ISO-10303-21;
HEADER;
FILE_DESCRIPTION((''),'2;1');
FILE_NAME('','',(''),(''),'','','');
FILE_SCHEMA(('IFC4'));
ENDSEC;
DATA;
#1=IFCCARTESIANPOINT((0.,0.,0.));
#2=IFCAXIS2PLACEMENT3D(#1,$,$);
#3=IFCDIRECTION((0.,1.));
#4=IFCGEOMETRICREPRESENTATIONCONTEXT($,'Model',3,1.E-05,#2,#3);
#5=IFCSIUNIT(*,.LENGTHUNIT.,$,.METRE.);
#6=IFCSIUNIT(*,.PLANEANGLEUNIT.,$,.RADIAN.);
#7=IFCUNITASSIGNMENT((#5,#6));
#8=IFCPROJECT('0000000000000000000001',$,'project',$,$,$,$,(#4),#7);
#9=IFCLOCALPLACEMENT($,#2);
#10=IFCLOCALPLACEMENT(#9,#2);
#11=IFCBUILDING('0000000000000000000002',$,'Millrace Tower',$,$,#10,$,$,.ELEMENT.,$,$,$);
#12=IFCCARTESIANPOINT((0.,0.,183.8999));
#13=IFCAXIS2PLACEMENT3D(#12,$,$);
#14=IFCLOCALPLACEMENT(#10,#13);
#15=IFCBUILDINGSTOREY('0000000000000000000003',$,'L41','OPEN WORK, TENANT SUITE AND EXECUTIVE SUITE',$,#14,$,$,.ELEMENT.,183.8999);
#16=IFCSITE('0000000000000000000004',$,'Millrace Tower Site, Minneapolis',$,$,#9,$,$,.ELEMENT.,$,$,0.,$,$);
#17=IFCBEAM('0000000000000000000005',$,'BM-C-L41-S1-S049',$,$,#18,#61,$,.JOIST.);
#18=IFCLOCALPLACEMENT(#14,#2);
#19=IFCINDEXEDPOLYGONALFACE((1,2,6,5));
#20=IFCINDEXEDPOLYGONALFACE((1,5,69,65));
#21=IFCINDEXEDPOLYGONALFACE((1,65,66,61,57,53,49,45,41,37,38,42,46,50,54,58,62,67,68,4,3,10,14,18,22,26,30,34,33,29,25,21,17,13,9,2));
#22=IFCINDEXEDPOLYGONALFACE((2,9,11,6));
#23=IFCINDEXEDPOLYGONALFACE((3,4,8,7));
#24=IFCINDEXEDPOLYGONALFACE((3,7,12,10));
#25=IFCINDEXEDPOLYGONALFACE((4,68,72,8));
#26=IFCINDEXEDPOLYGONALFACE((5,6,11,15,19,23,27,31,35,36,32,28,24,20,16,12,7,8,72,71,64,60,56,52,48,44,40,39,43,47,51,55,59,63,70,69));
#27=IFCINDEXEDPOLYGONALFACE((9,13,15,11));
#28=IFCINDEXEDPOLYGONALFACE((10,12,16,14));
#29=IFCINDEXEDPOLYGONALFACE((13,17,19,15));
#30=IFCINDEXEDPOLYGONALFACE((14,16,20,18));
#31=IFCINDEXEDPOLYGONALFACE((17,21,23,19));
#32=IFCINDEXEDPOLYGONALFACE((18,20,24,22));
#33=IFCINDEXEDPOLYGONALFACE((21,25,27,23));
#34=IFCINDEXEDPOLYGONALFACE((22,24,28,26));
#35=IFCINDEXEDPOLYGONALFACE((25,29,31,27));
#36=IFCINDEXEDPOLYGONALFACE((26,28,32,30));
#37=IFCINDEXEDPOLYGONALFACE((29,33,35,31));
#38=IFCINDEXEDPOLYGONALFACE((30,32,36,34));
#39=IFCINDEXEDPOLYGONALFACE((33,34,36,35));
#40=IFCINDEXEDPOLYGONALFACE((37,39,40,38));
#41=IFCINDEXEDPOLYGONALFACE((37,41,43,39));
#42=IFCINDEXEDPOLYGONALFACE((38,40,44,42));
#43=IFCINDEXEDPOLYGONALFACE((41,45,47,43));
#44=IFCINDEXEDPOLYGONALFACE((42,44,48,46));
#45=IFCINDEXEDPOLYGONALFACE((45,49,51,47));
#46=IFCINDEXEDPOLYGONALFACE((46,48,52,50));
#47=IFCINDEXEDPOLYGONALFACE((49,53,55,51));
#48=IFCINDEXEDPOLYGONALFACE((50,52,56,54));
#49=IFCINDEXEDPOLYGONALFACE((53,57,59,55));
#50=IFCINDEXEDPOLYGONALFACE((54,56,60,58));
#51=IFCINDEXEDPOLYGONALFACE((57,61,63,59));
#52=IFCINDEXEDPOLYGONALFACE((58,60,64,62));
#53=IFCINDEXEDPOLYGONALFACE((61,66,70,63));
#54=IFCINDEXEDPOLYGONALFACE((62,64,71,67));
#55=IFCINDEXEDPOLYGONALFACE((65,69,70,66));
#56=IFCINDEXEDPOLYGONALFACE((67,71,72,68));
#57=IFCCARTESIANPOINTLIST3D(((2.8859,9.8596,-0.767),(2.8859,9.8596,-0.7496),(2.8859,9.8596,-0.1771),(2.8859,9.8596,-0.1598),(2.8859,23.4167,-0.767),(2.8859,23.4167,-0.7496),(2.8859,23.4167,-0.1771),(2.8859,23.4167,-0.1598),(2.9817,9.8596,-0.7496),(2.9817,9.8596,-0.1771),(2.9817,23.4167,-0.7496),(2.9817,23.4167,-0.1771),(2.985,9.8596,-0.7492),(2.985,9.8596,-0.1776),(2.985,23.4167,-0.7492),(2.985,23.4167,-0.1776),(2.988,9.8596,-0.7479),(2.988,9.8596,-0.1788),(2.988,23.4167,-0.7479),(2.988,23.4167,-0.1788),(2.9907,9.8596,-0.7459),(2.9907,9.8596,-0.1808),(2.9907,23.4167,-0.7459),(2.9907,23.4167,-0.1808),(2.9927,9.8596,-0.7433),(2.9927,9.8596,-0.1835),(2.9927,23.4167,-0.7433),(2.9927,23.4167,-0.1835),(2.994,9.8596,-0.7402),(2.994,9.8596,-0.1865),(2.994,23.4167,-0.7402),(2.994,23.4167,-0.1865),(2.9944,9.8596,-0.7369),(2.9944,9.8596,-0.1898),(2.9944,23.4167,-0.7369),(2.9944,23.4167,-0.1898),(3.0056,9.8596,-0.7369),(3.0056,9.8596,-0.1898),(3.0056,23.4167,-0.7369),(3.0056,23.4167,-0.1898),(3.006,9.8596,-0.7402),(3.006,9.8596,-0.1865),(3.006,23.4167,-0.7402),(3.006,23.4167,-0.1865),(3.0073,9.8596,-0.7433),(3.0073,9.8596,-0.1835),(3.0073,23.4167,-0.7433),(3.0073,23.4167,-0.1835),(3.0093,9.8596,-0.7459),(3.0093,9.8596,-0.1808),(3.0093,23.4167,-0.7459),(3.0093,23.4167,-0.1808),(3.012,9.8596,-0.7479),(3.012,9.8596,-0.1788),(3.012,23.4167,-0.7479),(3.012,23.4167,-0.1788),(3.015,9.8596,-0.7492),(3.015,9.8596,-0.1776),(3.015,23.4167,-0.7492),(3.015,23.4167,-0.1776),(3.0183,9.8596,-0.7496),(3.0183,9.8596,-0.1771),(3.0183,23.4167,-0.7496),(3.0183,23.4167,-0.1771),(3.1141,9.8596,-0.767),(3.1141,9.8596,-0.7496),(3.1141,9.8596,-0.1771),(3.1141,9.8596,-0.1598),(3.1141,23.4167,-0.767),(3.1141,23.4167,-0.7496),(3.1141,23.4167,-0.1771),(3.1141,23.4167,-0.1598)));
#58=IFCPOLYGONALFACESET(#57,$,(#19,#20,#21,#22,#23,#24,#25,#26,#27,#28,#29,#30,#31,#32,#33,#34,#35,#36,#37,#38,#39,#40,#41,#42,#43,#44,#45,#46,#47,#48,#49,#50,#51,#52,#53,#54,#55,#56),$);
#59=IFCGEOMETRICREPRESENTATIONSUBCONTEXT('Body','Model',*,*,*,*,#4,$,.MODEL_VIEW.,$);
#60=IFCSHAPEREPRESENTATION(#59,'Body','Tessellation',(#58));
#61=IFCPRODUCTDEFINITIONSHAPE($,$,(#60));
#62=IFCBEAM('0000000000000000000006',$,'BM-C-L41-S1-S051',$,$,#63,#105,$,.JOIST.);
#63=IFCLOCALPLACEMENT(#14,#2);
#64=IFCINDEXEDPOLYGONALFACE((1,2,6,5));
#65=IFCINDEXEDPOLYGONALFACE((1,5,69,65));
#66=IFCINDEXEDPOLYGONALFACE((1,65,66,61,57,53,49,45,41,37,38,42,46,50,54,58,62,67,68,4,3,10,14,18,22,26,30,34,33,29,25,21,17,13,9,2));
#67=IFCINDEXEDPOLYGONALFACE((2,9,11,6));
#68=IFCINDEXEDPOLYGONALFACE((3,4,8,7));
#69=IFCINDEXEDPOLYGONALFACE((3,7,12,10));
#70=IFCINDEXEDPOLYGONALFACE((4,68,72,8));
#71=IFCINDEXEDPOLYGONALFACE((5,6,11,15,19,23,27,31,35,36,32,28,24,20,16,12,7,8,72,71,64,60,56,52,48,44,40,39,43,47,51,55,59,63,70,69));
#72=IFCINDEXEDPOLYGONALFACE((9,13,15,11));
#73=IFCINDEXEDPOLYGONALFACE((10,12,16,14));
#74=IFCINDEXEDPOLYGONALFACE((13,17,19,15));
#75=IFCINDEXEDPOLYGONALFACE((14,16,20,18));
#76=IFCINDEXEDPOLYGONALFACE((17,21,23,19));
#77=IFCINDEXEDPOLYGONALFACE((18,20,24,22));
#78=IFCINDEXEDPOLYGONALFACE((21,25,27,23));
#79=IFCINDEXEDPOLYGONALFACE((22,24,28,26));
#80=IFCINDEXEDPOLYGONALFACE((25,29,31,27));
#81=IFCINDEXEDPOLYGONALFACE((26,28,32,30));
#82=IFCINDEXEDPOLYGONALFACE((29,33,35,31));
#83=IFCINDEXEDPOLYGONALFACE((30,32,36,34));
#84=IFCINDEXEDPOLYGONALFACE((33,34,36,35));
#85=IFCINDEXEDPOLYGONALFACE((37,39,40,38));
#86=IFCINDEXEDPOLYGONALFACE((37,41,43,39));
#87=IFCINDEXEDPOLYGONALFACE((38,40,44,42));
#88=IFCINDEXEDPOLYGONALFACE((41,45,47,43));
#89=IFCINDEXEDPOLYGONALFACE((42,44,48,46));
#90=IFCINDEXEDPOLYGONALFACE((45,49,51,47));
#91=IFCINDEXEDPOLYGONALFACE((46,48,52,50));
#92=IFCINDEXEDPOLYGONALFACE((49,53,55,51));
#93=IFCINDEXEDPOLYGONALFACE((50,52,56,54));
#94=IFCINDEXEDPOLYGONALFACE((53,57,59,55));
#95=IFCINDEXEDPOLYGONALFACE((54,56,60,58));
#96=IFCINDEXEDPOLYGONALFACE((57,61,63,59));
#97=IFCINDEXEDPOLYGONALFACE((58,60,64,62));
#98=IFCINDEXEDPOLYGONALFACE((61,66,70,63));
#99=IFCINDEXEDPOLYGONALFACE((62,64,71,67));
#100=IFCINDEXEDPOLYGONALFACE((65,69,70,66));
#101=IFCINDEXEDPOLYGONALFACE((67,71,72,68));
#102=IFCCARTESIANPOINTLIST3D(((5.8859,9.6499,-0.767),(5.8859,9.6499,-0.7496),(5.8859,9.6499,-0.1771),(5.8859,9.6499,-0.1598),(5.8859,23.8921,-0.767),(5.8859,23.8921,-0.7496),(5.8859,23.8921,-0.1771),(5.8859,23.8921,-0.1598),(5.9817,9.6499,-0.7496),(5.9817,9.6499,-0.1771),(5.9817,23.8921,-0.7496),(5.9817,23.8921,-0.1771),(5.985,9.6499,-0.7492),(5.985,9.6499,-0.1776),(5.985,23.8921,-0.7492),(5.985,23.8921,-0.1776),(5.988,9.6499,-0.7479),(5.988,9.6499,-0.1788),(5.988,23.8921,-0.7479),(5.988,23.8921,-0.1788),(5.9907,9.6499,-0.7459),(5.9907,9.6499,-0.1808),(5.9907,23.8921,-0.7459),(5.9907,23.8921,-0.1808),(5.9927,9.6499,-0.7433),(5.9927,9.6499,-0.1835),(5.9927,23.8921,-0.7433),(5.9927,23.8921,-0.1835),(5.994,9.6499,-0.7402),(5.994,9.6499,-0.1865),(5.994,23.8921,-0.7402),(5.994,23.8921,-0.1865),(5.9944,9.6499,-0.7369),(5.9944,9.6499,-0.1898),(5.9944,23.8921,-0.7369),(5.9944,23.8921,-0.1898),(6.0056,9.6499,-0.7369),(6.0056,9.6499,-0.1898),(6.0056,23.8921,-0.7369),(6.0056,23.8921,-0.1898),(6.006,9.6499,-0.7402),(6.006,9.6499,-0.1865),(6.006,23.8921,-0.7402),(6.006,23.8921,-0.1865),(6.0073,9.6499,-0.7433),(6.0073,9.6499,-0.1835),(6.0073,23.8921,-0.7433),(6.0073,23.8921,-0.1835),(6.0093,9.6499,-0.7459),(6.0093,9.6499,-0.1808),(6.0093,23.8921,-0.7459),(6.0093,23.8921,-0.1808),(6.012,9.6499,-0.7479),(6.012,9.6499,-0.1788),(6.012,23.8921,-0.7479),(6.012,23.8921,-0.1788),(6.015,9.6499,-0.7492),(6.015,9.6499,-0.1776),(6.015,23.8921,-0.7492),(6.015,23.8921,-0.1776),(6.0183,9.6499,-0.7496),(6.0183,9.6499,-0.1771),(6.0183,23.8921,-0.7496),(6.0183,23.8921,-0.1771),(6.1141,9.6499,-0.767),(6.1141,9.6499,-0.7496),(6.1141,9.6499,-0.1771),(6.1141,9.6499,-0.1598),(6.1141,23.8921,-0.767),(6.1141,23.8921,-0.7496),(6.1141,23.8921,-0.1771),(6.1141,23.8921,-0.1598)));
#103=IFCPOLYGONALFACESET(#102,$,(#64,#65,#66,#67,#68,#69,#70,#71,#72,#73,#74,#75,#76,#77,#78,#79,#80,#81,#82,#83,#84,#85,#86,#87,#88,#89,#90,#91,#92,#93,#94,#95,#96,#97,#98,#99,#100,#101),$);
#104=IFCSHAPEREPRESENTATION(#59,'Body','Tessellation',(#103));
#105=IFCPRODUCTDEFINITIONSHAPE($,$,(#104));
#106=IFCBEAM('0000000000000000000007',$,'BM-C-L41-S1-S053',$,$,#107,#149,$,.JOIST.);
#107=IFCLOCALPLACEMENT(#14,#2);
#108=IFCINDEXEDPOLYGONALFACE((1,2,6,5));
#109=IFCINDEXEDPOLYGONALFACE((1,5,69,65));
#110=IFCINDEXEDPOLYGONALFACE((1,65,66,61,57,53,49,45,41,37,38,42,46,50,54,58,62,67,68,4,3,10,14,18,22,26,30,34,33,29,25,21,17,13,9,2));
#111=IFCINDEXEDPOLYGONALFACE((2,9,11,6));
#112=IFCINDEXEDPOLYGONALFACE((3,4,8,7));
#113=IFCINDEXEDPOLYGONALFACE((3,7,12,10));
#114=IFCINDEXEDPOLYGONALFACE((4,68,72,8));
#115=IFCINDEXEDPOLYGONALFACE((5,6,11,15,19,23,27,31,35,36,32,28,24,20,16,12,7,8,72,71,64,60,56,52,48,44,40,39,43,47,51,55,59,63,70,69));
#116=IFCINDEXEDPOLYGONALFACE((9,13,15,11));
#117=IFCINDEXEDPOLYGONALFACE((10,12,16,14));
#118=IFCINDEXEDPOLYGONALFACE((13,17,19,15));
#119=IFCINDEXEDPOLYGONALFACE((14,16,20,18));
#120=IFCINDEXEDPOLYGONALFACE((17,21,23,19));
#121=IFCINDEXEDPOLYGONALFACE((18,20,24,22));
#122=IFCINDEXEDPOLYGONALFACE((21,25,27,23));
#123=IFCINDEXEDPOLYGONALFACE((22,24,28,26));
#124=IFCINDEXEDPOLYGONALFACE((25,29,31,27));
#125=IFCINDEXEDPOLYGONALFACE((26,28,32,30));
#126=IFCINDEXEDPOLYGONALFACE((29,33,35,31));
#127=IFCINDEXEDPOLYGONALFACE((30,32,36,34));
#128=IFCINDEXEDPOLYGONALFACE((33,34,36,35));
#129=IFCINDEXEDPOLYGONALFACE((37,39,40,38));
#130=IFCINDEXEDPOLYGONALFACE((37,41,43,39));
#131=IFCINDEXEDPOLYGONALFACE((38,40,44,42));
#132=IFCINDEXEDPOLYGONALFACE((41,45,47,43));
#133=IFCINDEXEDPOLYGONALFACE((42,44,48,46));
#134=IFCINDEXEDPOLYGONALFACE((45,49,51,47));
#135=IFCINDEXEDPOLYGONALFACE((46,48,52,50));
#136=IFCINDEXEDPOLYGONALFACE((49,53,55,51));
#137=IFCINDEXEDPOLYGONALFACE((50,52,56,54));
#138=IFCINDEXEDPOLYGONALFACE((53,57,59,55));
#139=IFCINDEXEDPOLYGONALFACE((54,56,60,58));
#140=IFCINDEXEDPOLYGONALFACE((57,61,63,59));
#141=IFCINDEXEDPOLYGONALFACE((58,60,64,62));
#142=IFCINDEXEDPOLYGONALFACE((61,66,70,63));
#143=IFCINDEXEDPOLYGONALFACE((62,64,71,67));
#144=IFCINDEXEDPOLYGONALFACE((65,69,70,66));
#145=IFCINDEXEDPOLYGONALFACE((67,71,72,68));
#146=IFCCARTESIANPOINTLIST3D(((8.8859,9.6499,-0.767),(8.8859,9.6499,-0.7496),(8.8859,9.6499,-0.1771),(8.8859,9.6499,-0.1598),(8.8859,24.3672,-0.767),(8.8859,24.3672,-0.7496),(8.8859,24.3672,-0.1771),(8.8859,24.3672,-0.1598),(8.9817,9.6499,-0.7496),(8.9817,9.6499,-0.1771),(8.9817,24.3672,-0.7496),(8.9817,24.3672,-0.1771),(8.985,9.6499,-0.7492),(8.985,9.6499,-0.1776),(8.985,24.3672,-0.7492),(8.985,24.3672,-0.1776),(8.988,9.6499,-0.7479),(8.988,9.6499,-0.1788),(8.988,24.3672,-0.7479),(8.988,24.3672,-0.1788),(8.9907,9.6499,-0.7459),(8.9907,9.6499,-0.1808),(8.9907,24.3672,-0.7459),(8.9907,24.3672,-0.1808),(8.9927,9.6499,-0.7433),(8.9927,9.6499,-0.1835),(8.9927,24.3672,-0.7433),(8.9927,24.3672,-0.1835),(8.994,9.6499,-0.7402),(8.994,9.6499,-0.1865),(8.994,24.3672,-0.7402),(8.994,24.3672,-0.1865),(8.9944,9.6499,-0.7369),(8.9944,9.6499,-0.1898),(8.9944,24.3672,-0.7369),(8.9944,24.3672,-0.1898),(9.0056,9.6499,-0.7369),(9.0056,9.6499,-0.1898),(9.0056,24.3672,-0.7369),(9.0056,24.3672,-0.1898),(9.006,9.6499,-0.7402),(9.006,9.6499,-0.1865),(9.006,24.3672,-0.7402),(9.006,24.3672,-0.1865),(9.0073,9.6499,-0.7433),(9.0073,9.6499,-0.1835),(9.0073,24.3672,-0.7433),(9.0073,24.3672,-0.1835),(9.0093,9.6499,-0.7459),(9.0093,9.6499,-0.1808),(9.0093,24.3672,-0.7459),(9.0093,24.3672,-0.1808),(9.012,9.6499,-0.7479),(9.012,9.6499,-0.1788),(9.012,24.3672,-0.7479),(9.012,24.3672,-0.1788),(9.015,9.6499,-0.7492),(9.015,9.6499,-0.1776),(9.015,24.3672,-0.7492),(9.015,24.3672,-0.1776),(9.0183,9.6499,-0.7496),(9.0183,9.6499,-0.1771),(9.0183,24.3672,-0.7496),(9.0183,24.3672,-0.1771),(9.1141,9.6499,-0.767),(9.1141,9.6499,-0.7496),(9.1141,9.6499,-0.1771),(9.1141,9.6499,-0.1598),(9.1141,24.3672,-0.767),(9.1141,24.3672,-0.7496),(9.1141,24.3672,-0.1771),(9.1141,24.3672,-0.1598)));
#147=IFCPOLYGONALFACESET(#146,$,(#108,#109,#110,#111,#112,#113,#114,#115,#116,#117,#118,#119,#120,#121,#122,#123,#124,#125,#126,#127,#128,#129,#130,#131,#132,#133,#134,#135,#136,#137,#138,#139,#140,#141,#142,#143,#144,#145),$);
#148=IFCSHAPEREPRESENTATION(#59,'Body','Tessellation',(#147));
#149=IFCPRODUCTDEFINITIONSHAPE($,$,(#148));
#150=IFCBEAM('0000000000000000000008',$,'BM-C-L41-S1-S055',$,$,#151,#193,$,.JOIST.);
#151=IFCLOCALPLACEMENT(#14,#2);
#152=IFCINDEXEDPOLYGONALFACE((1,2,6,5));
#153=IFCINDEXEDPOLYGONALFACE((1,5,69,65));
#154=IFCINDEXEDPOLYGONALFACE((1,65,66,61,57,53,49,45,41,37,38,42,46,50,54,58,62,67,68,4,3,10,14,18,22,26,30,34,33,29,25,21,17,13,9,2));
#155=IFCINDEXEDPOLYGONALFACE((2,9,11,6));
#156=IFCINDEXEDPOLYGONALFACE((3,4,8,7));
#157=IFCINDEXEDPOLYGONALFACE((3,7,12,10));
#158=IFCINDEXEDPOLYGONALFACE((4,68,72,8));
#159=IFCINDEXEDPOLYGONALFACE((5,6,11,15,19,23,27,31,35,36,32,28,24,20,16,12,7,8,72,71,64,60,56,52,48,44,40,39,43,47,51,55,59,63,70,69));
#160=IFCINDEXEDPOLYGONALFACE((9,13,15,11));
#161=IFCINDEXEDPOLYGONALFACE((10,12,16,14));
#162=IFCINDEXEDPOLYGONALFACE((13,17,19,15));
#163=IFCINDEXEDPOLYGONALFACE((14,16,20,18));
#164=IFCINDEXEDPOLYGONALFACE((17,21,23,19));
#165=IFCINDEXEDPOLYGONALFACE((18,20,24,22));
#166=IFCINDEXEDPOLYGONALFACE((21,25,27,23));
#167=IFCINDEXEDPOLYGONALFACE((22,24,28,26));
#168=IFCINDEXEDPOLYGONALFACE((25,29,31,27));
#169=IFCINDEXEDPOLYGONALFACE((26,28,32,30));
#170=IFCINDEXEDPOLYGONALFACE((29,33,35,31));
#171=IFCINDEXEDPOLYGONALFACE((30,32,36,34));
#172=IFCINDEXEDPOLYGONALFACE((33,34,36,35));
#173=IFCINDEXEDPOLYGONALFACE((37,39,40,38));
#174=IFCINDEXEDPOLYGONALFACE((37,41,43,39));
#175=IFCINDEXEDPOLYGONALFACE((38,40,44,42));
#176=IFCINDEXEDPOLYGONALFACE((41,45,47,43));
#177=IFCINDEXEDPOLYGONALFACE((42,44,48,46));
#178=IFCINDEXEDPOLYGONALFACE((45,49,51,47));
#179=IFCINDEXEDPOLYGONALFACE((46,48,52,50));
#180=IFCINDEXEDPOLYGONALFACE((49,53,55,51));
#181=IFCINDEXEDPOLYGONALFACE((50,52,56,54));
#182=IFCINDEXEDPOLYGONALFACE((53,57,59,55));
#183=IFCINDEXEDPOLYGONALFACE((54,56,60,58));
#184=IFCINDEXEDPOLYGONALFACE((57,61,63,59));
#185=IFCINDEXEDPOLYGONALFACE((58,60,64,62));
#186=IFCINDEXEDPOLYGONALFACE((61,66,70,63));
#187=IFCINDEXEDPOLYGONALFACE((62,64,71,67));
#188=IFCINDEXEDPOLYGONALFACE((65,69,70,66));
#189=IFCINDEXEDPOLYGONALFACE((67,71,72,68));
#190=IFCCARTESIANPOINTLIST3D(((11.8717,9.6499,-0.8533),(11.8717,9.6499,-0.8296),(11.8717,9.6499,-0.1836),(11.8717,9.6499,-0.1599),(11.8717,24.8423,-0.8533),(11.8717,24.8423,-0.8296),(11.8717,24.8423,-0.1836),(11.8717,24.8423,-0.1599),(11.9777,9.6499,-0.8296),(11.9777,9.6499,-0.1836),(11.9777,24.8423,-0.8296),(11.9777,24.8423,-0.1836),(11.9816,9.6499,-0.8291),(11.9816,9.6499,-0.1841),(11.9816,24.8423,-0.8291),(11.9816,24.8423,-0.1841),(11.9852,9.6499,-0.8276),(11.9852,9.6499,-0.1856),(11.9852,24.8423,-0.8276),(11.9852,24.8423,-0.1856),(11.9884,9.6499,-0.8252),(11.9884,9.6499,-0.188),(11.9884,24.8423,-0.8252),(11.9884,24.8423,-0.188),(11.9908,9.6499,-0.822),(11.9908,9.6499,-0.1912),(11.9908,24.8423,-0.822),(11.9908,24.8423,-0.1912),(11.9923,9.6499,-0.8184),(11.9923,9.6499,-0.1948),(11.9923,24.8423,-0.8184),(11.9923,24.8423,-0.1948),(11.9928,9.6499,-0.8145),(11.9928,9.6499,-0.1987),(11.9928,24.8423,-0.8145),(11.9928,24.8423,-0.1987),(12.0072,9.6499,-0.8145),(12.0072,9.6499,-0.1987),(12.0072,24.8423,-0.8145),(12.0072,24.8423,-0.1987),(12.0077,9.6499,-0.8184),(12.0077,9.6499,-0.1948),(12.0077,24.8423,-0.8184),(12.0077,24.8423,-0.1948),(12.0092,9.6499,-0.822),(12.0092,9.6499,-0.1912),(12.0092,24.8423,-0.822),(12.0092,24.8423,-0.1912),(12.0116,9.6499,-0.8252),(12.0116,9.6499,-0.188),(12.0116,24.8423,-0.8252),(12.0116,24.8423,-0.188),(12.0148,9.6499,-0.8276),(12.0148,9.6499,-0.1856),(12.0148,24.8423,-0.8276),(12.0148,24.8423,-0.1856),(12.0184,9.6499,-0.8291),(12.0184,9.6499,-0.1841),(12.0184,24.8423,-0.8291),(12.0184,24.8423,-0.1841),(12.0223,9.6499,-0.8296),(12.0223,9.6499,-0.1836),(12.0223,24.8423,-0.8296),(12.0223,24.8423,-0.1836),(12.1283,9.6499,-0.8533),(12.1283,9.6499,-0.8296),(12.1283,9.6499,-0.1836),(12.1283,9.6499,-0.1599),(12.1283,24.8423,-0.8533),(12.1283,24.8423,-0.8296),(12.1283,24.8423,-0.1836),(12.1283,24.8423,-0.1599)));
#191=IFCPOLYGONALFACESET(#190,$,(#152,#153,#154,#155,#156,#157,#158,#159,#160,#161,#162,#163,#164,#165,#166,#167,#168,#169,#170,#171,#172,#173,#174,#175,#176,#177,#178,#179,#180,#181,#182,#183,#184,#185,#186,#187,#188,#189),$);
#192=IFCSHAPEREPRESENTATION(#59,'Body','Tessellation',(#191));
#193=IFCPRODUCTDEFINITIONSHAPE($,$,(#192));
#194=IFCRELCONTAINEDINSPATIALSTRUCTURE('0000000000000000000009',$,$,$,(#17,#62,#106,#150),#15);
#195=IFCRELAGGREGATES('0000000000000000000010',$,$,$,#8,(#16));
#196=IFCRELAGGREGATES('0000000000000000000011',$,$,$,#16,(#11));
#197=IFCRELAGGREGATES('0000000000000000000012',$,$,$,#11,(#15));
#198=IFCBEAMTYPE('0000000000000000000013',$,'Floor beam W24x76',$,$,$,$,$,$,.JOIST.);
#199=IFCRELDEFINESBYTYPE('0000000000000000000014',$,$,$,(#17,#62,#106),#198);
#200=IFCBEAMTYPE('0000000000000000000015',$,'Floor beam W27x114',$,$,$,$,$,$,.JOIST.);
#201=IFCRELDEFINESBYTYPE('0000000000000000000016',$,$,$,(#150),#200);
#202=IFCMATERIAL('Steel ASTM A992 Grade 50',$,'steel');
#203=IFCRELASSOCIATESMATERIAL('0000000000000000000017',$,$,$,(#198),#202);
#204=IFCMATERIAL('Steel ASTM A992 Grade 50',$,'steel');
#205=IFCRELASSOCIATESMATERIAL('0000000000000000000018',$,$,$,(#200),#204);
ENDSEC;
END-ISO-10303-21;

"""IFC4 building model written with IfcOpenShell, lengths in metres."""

from ifc_helpers import new_model, si_unit, direction, frame, origin, origin_2d, place, context, subcontext, project, spatial, i_section, extrude, material, material_profile, profile_set, type_object, element, save


model = new_model("IFC4")

# Units and contexts
model_context = context("Model", 3, precision=1e-05, world=origin(), true_north=direction((0.0, 1.0)))
body_context = subcontext(model_context, "Body", "Model", "MODEL_VIEW")
ifc_project = project(units=[si_unit("LENGTHUNIT", "METRE"), si_unit("PLANEANGLEUNIT", "RADIAN")], contexts=[model_context])

# Site, building, storey
site_placement = place(None, origin())
site = spatial("IfcSite", under=ifc_project, at=site_placement, Name="Millrace Tower Site, Minneapolis", CompositionType="ELEMENT", RefElevation=0.0)
building_placement = place(site_placement, origin())
building = spatial("IfcBuilding", under=site, at=building_placement, Name="Millrace Tower", CompositionType="ELEMENT")
storey_placement = place(building_placement, frame((0.0, 0.0, 183.8999)))
storey = spatial("IfcBuildingStorey", under=building, at=storey_placement, Name="L41", Description="OPEN WORK, TENANT SUITE AND EXECUTIVE SUITE", CompositionType="ELEMENT", Elevation=183.8999)

# Beams
ifc_material_1 = material(Name="Steel ASTM A992 Grade 50", Category="steel")
ifc_material_profile_1 = material_profile(ifc_material_1, i_section(OverallWidth=0.2283, OverallDepth=0.6072, WebThickness=0.0112, FlangeThickness=0.0173, FilletRadius=0.0127, at=origin_2d()))
ifc_profile_set_1 = profile_set([ifc_material_profile_1], Name="Steel ASTM A992 Grade 50")
beam_type_1 = type_object("IfcBeamType", Name="Floor beam W24x76", PredefinedType="JOIST", material=ifc_profile_set_1)
beam_1_placement = place(storey_placement, frame((3.0, 9.8596, -0.4634), z_axis=(0.0, 1.0, 0.0), x_axis=(-1.0, 0.0, 0.0)))
element("IfcBeam", 1, at=beam_1_placement, inside=storey, type_object=beam_type_1, Name="BM-C-L41-S1-S049", PredefinedType="JOIST", context=body_context, shape_type="SweptSolid", body=[
    extrude(i_section(OverallWidth=0.2283, OverallDepth=0.6072, WebThickness=0.0112, FlangeThickness=0.0173, FilletRadius=0.0127, at=origin_2d()), origin(), (0.0, 0.0, 1.0), 13.5571),
])
beam_2_placement = place(storey_placement, frame((6.0, 9.6499, -0.4634), z_axis=(0.0, 1.0, 0.0), x_axis=(-1.0, 0.0, 0.0)))
element("IfcBeam", 2, at=beam_2_placement, inside=storey, type_object=beam_type_1, Name="BM-C-L41-S1-S051", PredefinedType="JOIST", context=body_context, shape_type="SweptSolid", body=[
    extrude(i_section(OverallWidth=0.2283, OverallDepth=0.6072, WebThickness=0.0112, FlangeThickness=0.0173, FilletRadius=0.0127, at=origin_2d()), origin(), (0.0, 0.0, 1.0), 14.2422),
])
beam_3_placement = place(storey_placement, frame((9.0, 9.6499, -0.4634), z_axis=(0.0, 1.0, 0.0), x_axis=(-1.0, 0.0, 0.0)))
element("IfcBeam", 3, at=beam_3_placement, inside=storey, type_object=beam_type_1, Name="BM-C-L41-S1-S053", PredefinedType="JOIST", context=body_context, shape_type="SweptSolid", body=[
    extrude(i_section(OverallWidth=0.2283, OverallDepth=0.6072, WebThickness=0.0112, FlangeThickness=0.0173, FilletRadius=0.0127, at=origin_2d()), origin(), (0.0, 0.0, 1.0), 14.7173),
])
ifc_material_2 = material(Name="Steel ASTM A992 Grade 50", Category="steel")
ifc_material_profile_2 = material_profile(ifc_material_2, i_section(OverallWidth=0.2566, OverallDepth=0.6934, WebThickness=0.0144, FlangeThickness=0.0237, FilletRadius=0.0151, at=origin_2d()))
ifc_profile_set_2 = profile_set([ifc_material_profile_2], Name="Steel ASTM A992 Grade 50")
beam_type_2 = type_object("IfcBeamType", Name="Floor beam W27x114", PredefinedType="JOIST", material=ifc_profile_set_2)
beam_4_placement = place(storey_placement, frame((12.0, 9.6499, -0.5066), z_axis=(0.0, 1.0, 0.0), x_axis=(-1.0, 0.0, 0.0)))
element("IfcBeam", 4, at=beam_4_placement, inside=storey, type_object=beam_type_2, Name="BM-C-L41-S1-S055", PredefinedType="JOIST", context=body_context, shape_type="SweptSolid", body=[
    extrude(i_section(OverallWidth=0.2566, OverallDepth=0.6934, WebThickness=0.0144, FlangeThickness=0.0237, FilletRadius=0.0151, at=origin_2d()), origin(), (0.0, 0.0, 1.0), 15.1924),
])

save(model, "model.ifc")
